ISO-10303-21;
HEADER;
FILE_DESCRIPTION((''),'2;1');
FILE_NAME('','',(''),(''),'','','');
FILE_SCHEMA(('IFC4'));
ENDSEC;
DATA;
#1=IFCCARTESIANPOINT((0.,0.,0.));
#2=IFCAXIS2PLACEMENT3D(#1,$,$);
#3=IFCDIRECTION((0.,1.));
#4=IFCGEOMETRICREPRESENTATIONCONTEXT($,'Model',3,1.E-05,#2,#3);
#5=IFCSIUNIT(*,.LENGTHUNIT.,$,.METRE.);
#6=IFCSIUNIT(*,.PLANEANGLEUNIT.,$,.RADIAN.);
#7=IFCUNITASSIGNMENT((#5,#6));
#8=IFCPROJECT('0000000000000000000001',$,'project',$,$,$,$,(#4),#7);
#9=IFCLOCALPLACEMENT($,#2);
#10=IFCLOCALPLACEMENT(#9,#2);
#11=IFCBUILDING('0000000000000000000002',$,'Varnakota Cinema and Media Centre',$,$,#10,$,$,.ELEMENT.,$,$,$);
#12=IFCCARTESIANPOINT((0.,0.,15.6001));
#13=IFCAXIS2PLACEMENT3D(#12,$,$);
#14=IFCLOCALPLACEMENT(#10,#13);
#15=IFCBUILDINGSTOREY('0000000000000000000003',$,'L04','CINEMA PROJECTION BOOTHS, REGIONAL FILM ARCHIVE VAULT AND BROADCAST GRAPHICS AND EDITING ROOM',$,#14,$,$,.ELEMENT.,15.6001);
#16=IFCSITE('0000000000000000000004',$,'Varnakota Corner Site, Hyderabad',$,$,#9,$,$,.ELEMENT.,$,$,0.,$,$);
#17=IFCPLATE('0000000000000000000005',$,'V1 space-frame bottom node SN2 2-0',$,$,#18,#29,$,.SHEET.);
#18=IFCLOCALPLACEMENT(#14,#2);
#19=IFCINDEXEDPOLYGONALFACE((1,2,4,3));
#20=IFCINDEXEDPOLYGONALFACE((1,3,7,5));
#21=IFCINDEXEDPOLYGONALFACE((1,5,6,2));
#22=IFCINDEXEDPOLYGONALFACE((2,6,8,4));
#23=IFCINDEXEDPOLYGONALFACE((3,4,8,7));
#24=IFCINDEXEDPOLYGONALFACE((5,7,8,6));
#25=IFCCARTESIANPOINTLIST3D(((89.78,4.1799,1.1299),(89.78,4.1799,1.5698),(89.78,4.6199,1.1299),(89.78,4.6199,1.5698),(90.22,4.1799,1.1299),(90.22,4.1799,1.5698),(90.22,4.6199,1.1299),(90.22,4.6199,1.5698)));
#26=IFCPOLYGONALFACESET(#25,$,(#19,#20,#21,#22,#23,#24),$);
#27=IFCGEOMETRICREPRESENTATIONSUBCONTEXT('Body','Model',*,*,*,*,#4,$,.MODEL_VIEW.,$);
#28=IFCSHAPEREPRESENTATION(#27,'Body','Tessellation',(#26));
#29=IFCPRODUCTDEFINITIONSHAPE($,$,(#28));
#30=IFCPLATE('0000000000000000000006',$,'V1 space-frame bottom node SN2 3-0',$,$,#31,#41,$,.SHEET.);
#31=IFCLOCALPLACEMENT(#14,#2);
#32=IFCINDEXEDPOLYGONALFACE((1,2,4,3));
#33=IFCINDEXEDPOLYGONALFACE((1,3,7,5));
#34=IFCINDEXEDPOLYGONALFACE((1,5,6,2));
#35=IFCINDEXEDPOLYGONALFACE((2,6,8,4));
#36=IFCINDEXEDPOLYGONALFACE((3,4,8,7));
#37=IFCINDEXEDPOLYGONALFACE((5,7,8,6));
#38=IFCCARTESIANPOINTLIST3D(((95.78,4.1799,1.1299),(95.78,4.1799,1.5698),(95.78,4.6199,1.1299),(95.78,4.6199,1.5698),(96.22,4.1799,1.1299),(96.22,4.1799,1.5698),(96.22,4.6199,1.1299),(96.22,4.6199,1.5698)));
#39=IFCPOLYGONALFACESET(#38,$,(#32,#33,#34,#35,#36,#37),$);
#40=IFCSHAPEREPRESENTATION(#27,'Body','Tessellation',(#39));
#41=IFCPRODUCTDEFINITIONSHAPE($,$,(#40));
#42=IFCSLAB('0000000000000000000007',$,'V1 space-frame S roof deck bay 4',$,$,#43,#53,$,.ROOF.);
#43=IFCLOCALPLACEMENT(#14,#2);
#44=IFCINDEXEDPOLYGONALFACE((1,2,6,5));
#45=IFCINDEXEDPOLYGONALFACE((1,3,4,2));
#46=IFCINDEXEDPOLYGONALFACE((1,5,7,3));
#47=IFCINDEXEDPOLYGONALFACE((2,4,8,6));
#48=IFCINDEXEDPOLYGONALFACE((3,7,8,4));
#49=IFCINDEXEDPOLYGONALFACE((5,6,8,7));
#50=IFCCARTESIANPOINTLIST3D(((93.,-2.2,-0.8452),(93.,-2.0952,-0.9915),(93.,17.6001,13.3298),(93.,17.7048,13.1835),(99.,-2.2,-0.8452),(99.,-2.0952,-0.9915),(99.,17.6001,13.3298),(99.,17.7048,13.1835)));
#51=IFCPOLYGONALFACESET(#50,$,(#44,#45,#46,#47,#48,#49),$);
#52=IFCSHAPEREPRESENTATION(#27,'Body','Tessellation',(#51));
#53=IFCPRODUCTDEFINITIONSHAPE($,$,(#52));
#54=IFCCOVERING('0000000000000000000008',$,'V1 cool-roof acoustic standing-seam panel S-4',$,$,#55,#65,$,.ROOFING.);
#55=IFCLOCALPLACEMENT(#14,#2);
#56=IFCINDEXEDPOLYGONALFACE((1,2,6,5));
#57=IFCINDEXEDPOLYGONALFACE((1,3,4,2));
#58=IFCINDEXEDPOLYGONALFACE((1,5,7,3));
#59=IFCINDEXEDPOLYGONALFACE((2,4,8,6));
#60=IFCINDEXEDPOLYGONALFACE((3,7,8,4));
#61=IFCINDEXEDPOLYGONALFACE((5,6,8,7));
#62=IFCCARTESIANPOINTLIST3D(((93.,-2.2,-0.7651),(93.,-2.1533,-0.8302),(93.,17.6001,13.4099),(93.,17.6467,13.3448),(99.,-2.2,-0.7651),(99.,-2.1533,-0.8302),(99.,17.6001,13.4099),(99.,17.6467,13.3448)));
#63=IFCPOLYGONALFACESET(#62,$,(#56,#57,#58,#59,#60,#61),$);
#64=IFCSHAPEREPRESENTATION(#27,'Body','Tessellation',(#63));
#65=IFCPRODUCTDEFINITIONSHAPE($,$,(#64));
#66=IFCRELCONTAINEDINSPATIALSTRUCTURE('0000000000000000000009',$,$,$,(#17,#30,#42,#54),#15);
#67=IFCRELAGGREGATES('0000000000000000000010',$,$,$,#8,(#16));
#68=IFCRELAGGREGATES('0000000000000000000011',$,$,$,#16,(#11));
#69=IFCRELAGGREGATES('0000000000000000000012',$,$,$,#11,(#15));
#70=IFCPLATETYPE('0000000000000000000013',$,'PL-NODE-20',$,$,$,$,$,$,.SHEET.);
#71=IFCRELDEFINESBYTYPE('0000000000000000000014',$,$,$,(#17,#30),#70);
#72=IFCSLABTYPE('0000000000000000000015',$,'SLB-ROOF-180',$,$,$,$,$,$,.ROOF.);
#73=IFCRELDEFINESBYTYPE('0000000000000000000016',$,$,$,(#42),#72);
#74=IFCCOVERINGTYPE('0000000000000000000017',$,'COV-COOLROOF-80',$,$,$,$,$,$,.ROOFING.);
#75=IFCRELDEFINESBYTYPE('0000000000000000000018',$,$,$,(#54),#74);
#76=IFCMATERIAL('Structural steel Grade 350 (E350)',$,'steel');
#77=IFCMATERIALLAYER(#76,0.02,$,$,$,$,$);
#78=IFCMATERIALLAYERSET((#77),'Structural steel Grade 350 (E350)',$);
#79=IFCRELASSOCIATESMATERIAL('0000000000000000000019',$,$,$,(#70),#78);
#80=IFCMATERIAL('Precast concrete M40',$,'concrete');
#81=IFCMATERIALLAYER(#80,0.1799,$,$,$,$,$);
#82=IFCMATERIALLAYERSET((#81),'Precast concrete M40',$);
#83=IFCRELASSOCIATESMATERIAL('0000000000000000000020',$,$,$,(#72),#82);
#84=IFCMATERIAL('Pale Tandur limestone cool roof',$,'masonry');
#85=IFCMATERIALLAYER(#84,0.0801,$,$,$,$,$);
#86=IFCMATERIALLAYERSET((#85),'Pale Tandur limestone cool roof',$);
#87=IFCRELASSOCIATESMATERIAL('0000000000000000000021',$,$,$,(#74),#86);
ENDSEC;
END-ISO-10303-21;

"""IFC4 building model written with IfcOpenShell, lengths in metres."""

from ifc_helpers import new_model, si_unit, direction, frame, origin, origin_2d, place, context, subcontext, project, spatial, polyline, rectangle, outline, extrude, material, layer, layer_set, type_object, element, save


model = new_model("IFC4")

# Units and contexts
model_context = context("Model", 3, precision=1e-05, world=origin(), true_north=direction((0.0, 1.0)))
body_context = subcontext(model_context, "Body", "Model", "MODEL_VIEW")
ifc_project = project(units=[si_unit("LENGTHUNIT", "METRE"), si_unit("PLANEANGLEUNIT", "RADIAN")], contexts=[model_context])

# Site, building, storey
site_placement = place(None, origin())
site = spatial("IfcSite", under=ifc_project, at=site_placement, Name="Varnakota Corner Site, Hyderabad", CompositionType="ELEMENT", RefElevation=0.0)
building_placement = place(site_placement, origin())
building = spatial("IfcBuilding", under=site, at=building_placement, Name="Varnakota Cinema and Media Centre", CompositionType="ELEMENT")
storey_placement = place(building_placement, frame((0.0, 0.0, 15.6001)))
storey = spatial("IfcBuildingStorey", under=building, at=storey_placement, Name="L04", Description="CINEMA PROJECTION BOOTHS, REGIONAL FILM ARCHIVE VAULT AND BROADCAST GRAPHICS AND EDITING ROOM", CompositionType="ELEMENT", Elevation=15.6001)

# Plates
ifc_material_1 = material(Name="Structural steel Grade 350 (E350)", Category="steel")
ifc_layer_1 = layer(ifc_material_1, 0.02)
ifc_layer_set_1 = layer_set([ifc_layer_1], Name="Structural steel Grade 350 (E350)")
plate_type_1 = type_object("IfcPlateType", Name="PL-NODE-20", PredefinedType="SHEET", material=ifc_layer_set_1)
for number, where, z_axis, x_axis, name in (
    (1, (90.0, 4.3999, 1.1299), (0.0, 0.0, 1.0), (1.0, 0.0, 0.0), "V1 space-frame bottom node SN2 2-0"),
    (2, (96.0, 4.3999, 1.1299), (0.0, 0.0, 1.0), (1.0, 0.0, 0.0), "V1 space-frame bottom node SN2 3-0"),
):
    element("IfcPlate", number, at=place(storey_placement, frame(where, z_axis=z_axis, x_axis=x_axis)), inside=storey, type_object=plate_type_1, Name=name, PredefinedType="SHEET", context=body_context, shape_type="SweptSolid", body=[
        extrude(rectangle(XDim=0.4399, YDim=0.4399, at=origin_2d()), origin(), (0.0, 0.0, 1.0), 0.4399),
    ])

# Slab
ifc_material_2 = material(Name="Precast concrete M40", Category="concrete")
ifc_layer_2 = layer(ifc_material_2, 0.1799)
ifc_layer_set_2 = layer_set([ifc_layer_2], Name="Precast concrete M40")
slab_type = type_object("IfcSlabType", Name="SLB-ROOF-180", PredefinedType="ROOF", material=ifc_layer_set_2)
slab_placement = place(storey_placement, frame((93.0, -2.2, -0.8452), z_axis=(0.0, -0.582112, 0.813108), x_axis=(1.0, 0.0, 0.0)))
element("IfcSlab", 3, at=slab_placement, inside=storey, type_object=slab_type, Name="V1 space-frame S roof deck bay 4", PredefinedType="ROOF", context=body_context, shape_type="SweptSolid", body=[
    extrude(outline(polyline([(0.0, 0.0), (6.0, 0.0), (6.0, 24.3511), (0.0, 24.3511), (0.0, 0.0)])), origin(), (0.0, 0.0, -1.0), 0.1799),
])

# Covering
ifc_material_3 = material(Name="Pale Tandur limestone cool roof", Category="masonry")
ifc_layer_3 = layer(ifc_material_3, 0.0801)
ifc_layer_set_3 = layer_set([ifc_layer_3], Name="Pale Tandur limestone cool roof")
covering_type = type_object("IfcCoveringType", Name="COV-COOLROOF-80", PredefinedType="ROOFING", material=ifc_layer_set_3)
covering_placement = place(storey_placement, frame((93.0, -2.2, -0.7651), z_axis=(0.0, -0.582112, 0.813108), x_axis=(1.0, 0.0, 0.0)))
element("IfcCovering", 4, at=covering_placement, inside=storey, type_object=covering_type, Name="V1 cool-roof acoustic standing-seam panel S-4", PredefinedType="ROOFING", context=body_context, shape_type="SweptSolid", body=[
    extrude(outline(polyline([(0.0, 0.0), (6.0, 0.0), (6.0, 24.3511), (0.0, 24.3511), (0.0, 0.0)])), origin(), (0.0, 0.0, -1.0), 0.0801),
])

save(model, "model.ifc")
